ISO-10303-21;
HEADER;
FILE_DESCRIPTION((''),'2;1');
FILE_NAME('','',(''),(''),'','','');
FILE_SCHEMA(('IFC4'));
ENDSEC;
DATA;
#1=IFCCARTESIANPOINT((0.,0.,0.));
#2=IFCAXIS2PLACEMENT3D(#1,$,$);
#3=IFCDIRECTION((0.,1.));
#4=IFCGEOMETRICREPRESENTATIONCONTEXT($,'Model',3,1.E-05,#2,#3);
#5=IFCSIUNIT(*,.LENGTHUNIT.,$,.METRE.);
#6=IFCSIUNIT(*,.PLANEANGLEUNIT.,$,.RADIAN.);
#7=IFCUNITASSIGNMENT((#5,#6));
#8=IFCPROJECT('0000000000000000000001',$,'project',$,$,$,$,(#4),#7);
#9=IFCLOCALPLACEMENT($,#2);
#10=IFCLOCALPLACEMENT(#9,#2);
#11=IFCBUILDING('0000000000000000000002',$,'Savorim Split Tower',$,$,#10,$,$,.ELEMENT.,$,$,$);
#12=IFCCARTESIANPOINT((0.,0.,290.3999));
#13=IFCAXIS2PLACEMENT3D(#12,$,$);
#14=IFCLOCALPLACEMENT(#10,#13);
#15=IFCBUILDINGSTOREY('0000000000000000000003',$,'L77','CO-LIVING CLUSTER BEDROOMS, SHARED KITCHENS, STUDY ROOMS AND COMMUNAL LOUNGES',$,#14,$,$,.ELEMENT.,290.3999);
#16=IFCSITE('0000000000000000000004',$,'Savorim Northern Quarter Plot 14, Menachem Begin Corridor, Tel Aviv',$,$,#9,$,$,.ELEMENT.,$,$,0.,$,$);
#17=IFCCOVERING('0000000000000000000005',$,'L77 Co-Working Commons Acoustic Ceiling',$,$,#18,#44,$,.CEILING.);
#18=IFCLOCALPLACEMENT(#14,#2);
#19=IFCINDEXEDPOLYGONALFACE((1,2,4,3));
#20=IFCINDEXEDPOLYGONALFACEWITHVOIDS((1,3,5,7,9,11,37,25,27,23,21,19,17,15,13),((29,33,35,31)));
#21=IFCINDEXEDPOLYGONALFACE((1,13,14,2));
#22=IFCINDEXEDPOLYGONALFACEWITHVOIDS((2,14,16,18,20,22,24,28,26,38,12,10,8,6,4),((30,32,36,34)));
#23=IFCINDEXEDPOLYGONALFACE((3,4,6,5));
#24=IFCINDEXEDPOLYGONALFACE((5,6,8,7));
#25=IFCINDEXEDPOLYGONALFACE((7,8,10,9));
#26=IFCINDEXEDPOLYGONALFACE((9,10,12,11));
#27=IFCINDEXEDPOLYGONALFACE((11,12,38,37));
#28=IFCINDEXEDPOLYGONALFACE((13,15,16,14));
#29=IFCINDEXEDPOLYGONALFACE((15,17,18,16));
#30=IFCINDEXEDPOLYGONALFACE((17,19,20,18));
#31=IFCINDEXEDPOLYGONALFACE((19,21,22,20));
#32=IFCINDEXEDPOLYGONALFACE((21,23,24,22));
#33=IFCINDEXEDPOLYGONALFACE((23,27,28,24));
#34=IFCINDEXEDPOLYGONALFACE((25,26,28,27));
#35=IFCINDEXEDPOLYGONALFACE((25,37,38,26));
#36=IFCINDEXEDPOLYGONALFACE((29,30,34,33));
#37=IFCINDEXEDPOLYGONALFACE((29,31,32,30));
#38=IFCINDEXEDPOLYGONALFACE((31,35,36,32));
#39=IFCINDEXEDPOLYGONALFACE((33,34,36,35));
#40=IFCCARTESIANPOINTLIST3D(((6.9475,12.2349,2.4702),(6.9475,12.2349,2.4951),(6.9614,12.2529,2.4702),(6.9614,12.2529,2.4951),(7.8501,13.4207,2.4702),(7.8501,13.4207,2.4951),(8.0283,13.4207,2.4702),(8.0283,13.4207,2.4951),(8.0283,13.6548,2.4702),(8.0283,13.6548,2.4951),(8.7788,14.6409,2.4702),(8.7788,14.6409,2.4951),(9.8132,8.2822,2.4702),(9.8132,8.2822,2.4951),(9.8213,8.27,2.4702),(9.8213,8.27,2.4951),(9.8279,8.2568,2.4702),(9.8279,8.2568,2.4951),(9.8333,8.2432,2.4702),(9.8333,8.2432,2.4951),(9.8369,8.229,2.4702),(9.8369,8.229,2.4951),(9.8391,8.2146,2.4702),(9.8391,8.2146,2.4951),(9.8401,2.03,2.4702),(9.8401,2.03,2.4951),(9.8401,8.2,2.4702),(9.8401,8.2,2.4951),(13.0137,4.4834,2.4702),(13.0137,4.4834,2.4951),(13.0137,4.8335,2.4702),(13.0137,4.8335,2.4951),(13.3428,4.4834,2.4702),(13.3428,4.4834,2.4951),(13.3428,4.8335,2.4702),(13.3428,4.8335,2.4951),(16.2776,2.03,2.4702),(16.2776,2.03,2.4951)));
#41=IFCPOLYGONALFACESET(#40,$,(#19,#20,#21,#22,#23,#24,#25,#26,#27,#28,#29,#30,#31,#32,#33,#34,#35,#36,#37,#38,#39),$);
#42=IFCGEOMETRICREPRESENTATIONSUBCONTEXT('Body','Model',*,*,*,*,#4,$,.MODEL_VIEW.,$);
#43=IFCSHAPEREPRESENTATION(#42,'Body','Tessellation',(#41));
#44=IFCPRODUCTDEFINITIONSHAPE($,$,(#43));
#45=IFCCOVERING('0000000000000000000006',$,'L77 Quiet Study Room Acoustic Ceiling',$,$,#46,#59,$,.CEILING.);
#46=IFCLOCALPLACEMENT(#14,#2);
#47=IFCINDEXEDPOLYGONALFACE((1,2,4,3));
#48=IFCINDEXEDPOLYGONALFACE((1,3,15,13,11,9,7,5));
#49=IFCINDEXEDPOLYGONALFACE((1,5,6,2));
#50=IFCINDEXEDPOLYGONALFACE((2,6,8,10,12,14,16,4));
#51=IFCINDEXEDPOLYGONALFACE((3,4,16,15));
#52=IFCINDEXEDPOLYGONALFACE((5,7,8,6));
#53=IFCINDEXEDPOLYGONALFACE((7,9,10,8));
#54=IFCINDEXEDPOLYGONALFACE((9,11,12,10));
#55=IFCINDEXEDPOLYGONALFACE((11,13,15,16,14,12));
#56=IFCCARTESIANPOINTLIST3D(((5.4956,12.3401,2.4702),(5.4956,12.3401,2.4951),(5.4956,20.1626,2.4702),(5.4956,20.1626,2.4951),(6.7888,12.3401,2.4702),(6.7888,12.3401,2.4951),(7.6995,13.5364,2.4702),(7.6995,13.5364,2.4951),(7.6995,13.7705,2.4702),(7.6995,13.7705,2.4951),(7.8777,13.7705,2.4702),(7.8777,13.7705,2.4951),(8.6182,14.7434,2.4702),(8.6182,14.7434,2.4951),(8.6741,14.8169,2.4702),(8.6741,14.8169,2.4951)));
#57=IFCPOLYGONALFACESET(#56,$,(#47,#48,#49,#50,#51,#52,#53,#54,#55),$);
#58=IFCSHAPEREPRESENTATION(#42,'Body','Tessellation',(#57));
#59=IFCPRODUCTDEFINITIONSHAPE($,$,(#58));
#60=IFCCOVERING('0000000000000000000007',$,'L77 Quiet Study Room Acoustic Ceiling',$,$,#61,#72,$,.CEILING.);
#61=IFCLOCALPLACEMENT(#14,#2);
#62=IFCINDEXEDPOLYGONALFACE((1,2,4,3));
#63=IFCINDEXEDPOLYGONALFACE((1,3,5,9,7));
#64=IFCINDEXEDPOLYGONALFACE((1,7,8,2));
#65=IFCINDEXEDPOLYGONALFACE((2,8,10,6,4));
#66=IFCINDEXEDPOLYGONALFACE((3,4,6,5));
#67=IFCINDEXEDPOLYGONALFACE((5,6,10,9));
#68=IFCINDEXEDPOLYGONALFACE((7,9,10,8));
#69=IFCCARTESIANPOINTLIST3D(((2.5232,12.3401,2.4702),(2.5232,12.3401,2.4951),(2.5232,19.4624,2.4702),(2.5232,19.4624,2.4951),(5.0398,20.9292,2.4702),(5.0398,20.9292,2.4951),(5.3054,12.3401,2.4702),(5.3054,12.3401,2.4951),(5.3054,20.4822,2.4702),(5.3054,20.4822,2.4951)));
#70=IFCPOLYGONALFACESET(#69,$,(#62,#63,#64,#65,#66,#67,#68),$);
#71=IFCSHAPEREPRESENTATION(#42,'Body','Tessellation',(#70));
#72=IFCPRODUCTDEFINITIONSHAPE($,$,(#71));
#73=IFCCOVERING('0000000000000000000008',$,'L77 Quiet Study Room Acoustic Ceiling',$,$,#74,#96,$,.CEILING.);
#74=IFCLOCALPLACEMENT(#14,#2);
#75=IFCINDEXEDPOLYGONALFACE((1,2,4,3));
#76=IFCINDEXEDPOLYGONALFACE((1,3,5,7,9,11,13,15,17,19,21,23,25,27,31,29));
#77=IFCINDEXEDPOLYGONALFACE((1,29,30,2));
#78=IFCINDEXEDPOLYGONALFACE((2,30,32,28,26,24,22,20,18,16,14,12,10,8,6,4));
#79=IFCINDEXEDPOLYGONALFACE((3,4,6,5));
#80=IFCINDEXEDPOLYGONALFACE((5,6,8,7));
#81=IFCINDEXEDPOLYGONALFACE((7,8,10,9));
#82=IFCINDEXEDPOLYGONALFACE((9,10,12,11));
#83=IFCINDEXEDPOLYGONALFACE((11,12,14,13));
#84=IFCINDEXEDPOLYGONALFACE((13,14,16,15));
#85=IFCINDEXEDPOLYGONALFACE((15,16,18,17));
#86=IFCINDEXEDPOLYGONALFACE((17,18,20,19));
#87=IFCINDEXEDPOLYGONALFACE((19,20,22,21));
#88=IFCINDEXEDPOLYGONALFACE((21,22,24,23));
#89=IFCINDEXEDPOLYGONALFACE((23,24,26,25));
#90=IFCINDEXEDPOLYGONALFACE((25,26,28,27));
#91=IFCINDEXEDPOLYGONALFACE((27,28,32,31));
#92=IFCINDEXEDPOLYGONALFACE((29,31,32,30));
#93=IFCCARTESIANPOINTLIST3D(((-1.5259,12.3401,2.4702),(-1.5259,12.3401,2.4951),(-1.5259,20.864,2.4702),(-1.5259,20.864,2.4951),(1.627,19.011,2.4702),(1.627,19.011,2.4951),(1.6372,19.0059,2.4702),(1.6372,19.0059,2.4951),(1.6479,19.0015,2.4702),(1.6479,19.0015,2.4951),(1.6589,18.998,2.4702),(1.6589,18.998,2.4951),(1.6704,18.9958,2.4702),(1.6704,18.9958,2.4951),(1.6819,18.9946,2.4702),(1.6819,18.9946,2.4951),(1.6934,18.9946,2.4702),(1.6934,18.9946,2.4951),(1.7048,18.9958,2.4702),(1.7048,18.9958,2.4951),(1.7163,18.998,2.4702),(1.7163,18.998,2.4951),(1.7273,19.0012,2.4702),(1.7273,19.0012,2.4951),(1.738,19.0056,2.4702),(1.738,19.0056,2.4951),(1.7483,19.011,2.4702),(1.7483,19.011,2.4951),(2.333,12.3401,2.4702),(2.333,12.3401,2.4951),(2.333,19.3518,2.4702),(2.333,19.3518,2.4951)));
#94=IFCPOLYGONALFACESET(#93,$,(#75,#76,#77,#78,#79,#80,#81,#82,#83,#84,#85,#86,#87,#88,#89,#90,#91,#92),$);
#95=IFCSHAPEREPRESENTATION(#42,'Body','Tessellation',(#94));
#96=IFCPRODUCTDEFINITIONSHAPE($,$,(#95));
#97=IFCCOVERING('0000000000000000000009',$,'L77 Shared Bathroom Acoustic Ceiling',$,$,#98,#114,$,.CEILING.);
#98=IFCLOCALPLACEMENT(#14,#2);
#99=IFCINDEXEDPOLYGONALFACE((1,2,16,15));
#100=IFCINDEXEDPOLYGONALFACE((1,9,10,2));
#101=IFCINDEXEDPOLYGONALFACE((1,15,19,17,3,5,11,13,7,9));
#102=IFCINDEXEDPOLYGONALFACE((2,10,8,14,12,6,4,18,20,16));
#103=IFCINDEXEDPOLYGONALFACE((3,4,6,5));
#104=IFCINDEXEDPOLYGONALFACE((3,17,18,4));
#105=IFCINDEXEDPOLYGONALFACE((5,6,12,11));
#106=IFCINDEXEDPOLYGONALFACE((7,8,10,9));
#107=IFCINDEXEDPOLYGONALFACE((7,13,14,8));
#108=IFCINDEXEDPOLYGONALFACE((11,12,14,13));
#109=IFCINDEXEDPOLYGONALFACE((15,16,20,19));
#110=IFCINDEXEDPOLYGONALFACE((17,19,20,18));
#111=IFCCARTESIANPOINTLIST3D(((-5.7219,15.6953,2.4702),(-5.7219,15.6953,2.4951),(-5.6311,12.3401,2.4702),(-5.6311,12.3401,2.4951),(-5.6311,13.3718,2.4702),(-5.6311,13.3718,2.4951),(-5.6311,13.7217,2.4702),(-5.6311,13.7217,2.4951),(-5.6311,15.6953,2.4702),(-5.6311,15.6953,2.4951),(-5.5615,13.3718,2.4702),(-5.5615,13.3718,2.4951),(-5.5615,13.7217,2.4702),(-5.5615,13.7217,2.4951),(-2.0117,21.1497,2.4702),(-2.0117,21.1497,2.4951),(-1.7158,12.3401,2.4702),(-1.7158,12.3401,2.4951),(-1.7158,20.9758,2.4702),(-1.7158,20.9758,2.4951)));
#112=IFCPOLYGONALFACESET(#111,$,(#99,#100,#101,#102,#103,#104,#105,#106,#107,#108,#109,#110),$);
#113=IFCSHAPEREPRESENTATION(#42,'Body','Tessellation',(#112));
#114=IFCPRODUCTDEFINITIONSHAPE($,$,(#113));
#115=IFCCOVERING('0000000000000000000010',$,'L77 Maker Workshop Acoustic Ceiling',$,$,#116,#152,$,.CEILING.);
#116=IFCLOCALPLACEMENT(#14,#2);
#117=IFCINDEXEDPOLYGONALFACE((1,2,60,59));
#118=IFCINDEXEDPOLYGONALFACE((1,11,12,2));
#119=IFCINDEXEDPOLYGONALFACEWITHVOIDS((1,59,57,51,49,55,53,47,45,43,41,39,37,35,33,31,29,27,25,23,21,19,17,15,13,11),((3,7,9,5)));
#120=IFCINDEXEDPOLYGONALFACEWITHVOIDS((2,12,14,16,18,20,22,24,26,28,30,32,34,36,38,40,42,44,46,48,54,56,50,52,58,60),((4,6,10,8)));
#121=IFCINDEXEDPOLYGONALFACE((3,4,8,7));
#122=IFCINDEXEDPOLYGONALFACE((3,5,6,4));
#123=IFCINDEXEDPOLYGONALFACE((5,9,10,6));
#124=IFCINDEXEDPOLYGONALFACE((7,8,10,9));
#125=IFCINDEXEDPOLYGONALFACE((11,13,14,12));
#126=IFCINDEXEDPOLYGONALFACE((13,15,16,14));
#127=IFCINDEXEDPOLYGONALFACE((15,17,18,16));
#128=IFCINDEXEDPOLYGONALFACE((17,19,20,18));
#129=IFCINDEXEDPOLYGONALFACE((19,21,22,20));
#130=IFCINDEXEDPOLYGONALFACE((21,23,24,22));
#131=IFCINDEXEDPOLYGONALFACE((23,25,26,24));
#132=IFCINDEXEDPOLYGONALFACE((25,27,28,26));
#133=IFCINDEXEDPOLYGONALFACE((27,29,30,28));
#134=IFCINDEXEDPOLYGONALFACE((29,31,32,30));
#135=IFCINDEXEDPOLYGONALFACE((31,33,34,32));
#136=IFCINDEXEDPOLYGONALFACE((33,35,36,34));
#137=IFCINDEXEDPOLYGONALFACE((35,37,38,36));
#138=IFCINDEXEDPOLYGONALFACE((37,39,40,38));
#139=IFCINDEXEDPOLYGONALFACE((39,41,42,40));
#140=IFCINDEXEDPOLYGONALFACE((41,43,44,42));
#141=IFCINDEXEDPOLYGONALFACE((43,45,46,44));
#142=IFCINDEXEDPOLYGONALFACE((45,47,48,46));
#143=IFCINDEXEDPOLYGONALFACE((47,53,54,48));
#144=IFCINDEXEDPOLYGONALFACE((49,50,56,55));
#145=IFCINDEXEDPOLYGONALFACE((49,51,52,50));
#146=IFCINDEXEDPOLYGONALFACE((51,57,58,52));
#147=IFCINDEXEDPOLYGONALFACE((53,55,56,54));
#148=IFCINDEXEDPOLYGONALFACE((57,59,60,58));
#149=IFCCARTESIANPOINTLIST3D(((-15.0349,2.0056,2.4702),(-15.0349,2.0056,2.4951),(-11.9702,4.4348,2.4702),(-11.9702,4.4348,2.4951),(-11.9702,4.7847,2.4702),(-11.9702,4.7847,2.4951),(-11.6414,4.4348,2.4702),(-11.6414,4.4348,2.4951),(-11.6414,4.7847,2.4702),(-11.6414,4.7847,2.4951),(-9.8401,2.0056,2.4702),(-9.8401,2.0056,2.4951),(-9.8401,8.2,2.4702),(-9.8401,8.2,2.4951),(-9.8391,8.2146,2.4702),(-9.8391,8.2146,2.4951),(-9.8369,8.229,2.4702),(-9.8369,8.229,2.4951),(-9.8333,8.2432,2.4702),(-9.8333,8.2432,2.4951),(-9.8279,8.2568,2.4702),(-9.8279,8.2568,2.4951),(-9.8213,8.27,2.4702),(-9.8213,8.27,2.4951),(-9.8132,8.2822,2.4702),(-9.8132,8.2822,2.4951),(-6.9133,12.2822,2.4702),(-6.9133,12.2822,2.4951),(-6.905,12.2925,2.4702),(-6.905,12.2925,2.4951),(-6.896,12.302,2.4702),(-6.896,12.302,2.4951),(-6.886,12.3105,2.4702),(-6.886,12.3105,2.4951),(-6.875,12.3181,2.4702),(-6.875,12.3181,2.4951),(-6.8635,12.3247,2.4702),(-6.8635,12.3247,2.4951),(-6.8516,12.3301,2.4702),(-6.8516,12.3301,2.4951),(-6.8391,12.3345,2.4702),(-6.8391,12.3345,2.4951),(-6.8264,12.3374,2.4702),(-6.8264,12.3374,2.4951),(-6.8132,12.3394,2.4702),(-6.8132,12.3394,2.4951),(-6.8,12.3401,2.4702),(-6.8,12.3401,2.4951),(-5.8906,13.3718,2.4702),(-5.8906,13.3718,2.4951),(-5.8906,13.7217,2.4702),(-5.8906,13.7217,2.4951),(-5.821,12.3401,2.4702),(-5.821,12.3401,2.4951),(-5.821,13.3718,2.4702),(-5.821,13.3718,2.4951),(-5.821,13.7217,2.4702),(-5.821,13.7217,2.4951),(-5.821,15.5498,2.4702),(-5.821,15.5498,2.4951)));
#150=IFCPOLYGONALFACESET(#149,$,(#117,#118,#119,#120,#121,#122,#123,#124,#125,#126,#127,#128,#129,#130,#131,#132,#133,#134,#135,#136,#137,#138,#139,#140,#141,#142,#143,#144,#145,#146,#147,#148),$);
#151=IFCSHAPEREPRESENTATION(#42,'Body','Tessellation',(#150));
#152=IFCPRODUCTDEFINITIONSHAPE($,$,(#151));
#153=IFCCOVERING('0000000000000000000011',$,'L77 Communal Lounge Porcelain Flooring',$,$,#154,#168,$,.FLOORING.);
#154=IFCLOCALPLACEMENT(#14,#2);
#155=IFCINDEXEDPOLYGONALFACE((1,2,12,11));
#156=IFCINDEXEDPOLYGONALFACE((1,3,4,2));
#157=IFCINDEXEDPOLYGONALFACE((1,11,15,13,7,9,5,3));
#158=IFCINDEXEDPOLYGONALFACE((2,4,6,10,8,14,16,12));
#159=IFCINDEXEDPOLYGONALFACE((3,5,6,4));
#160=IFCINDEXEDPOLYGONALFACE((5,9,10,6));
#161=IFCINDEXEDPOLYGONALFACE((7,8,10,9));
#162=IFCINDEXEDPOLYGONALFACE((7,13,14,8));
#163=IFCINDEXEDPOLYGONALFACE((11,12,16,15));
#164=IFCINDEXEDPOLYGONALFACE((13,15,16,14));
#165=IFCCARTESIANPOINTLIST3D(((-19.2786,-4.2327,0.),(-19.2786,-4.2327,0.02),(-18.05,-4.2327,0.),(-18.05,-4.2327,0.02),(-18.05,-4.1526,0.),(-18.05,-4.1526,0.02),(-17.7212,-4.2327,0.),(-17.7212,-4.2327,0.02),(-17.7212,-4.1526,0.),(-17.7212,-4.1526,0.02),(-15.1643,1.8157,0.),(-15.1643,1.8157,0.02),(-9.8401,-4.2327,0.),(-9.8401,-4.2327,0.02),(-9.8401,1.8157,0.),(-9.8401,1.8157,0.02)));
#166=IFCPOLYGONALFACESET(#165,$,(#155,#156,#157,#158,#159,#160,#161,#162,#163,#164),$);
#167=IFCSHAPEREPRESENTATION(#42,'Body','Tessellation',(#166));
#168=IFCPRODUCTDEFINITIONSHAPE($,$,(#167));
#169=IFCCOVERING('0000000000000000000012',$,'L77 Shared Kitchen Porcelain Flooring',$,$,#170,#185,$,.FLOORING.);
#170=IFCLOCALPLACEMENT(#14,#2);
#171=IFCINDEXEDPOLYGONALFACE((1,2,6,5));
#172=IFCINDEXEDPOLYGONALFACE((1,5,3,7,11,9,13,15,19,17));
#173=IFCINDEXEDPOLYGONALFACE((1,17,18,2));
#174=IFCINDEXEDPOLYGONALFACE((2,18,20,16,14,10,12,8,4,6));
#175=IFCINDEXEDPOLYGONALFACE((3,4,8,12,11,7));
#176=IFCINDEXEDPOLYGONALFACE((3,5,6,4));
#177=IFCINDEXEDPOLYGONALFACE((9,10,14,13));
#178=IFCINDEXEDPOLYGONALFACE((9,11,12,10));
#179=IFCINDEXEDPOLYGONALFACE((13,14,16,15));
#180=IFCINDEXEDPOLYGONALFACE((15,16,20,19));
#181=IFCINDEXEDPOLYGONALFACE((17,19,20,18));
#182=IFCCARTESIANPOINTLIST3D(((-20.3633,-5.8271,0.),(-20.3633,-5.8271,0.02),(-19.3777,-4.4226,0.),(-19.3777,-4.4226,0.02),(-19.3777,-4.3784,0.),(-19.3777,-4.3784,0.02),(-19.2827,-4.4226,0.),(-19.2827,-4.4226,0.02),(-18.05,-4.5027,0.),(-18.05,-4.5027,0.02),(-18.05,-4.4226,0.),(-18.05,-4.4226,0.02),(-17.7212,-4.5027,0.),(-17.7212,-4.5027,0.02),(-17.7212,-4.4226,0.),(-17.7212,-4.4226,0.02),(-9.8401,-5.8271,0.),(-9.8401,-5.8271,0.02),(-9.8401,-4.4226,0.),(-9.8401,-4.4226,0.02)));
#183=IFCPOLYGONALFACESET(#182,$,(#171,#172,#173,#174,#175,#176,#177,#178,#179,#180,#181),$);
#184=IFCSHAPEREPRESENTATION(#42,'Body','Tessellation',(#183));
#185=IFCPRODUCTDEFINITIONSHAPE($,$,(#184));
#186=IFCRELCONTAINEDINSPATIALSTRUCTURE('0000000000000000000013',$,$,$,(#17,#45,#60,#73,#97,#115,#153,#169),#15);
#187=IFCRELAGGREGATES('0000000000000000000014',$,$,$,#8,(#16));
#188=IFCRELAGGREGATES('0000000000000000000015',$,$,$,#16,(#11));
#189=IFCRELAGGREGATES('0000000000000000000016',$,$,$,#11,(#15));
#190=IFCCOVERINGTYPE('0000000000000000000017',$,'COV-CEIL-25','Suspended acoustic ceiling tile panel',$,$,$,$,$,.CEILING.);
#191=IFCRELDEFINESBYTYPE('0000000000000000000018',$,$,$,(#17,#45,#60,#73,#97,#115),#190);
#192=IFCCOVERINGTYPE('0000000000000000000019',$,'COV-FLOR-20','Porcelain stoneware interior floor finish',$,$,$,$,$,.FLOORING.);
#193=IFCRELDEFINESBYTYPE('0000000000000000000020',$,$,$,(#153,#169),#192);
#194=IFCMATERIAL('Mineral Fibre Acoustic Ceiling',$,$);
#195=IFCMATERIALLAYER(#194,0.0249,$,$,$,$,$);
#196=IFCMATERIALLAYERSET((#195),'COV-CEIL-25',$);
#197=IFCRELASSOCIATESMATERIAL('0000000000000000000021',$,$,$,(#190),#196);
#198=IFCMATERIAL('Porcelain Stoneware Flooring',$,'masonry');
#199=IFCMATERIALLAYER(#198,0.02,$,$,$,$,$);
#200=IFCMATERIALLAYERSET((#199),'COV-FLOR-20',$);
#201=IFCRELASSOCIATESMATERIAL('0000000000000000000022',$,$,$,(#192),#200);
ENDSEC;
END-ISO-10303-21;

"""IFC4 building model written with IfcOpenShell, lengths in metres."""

from ifc_helpers import new_model, si_unit, direction, frame, origin, place, context, subcontext, project, spatial, polyline, outline, extrude, material, layer, layer_set, type_object, element, save


model = new_model("IFC4")

# Units and contexts
model_context = context("Model", 3, precision=1e-05, world=origin(), true_north=direction((0.0, 1.0)))
body_context = subcontext(model_context, "Body", "Model", "MODEL_VIEW")
ifc_project = project(units=[si_unit("LENGTHUNIT", "METRE"), si_unit("PLANEANGLEUNIT", "RADIAN")], contexts=[model_context])

# Site, building, storey
site_placement = place(None, origin())
site = spatial("IfcSite", under=ifc_project, at=site_placement, Name="Savorim Northern Quarter Plot 14, Menachem Begin Corridor, Tel Aviv", CompositionType="ELEMENT", RefElevation=0.0)
building_placement = place(site_placement, origin())
building = spatial("IfcBuilding", under=site, at=building_placement, Name="Savorim Split Tower", CompositionType="ELEMENT")
storey_placement = place(building_placement, frame((0.0, 0.0, 290.3999)))
storey = spatial("IfcBuildingStorey", under=building, at=storey_placement, Name="L77", Description="CO-LIVING CLUSTER BEDROOMS, SHARED KITCHENS, STUDY ROOMS AND COMMUNAL LOUNGES", CompositionType="ELEMENT", Elevation=290.3999)

# Coverings
ifc_material_1 = material(Name="Mineral Fibre Acoustic Ceiling")
ifc_layer_1 = layer(ifc_material_1, 0.0249)
ifc_layer_set_1 = layer_set([ifc_layer_1], Name="COV-CEIL-25")
covering_type_1 = type_object("IfcCoveringType", Name="COV-CEIL-25", Description="Suspended acoustic ceiling tile panel", PredefinedType="CEILING", material=ifc_layer_set_1)
covering_1_placement = place(storey_placement, frame((0.0, 0.0, 2.4702)))
element("IfcCovering", 1, at=covering_1_placement, inside=storey, type_object=covering_type_1, Name="L77 Co-Working Commons Acoustic Ceiling", PredefinedType="CEILING", context=body_context, shape_type="SweptSolid", body=[
    extrude(outline(polyline([(9.8369, 8.229), (9.8391, 8.2146), (9.8401, 8.2), (9.8401, 2.03), (16.2776, 2.03), (8.7788, 14.6409), (8.0283, 13.6548), (8.0283, 13.4207), (7.8501, 13.4207), (6.9614, 12.2529), (6.9475, 12.2349), (9.8132, 8.2822), (9.8213, 8.27), (9.8279, 8.2568), (9.8333, 8.2432), (9.8369, 8.229)]), holes=[polyline([(13.3428, 4.4834), (13.3428, 4.8335), (13.0137, 4.8335), (13.0137, 4.4834), (13.3428, 4.4834)])]), origin(), (0.0, 0.0, 1.0), 0.0249),
])
covering_2_placement = place(storey_placement, frame((0.0, 0.0, 2.4702)))
element("IfcCovering", 2, at=covering_2_placement, inside=storey, type_object=covering_type_1, Name="L77 Quiet Study Room Acoustic Ceiling", PredefinedType="CEILING", context=body_context, shape_type="SweptSolid", body=[
    extrude(outline(polyline([(7.8777, 13.7705), (8.6182, 14.7434), (8.6741, 14.8169), (5.4956, 20.1626), (5.4956, 12.3401), (6.7888, 12.3401), (7.6995, 13.5364), (7.6995, 13.7705), (7.8777, 13.7705)])), origin(), (0.0, 0.0, 1.0), 0.0249),
])
covering_3_placement = place(storey_placement, frame((0.0, 0.0, 2.4702)))
element("IfcCovering", 3, at=covering_3_placement, inside=storey, type_object=covering_type_1, Name="L77 Quiet Study Room Acoustic Ceiling", PredefinedType="CEILING", context=body_context, shape_type="SweptSolid", body=[
    extrude(outline(polyline([(5.3054, 12.3401), (5.3054, 20.4822), (5.0398, 20.9292), (2.5232, 19.4624), (2.5232, 12.3401), (5.3054, 12.3401)])), origin(), (0.0, 0.0, 1.0), 0.0249),
])
covering_4_placement = place(storey_placement, frame((0.0, 0.0, 2.4702)))
element("IfcCovering", 4, at=covering_4_placement, inside=storey, type_object=covering_type_1, Name="L77 Quiet Study Room Acoustic Ceiling", PredefinedType="CEILING", context=body_context, shape_type="SweptSolid", body=[
    extrude(outline(polyline([(1.6479, 19.0015), (1.6372, 19.0059), (1.627, 19.011), (-1.5259, 20.864), (-1.5259, 12.3401), (2.333, 12.3401), (2.333, 19.3518), (1.7483, 19.011), (1.738, 19.0056), (1.7273, 19.0012), (1.7163, 18.998), (1.7048, 18.9958), (1.6934, 18.9946), (1.6819, 18.9946), (1.6704, 18.9958), (1.6589, 18.998), (1.6479, 19.0015)])), origin(), (0.0, 0.0, 1.0), 0.0249),
])
covering_5_placement = place(storey_placement, frame((0.0, 0.0, 2.4702)))
element("IfcCovering", 5, at=covering_5_placement, inside=storey, type_object=covering_type_1, Name="L77 Shared Bathroom Acoustic Ceiling", PredefinedType="CEILING", context=body_context, shape_type="SweptSolid", body=[
    extrude(outline(polyline([(-5.6311, 12.3401), (-1.7158, 12.3401), (-1.7158, 20.9758), (-2.0117, 21.1497), (-5.7219, 15.6953), (-5.6311, 15.6953), (-5.6311, 13.7217), (-5.5615, 13.7217), (-5.5615, 13.3718), (-5.6311, 13.3718), (-5.6311, 12.3401)])), origin(), (0.0, 0.0, 1.0), 0.0249),
])
covering_6_placement = place(storey_placement, frame((0.0, 0.0, 2.4702)))
element("IfcCovering", 6, at=covering_6_placement, inside=storey, type_object=covering_type_1, Name="L77 Maker Workshop Acoustic Ceiling", PredefinedType="CEILING", context=body_context, shape_type="SweptSolid", body=[
    extrude(outline(polyline([(-6.8132, 12.3394), (-6.8, 12.3401), (-5.821, 12.3401), (-5.821, 13.3718), (-5.8906, 13.3718), (-5.8906, 13.7217), (-5.821, 13.7217), (-5.821, 15.5498), (-15.0349, 2.0056), (-9.8401, 2.0056), (-9.8401, 8.2), (-9.8391, 8.2146), (-9.8369, 8.229), (-9.8333, 8.2432), (-9.8279, 8.2568), (-9.8213, 8.27), (-9.8132, 8.2822), (-6.9133, 12.2822), (-6.905, 12.2925), (-6.896, 12.302), (-6.886, 12.3105), (-6.875, 12.3181), (-6.8635, 12.3247), (-6.8516, 12.3301), (-6.8391, 12.3345), (-6.8264, 12.3374), (-6.8132, 12.3394)]), holes=[polyline([(-11.9702, 4.7847), (-11.9702, 4.4348), (-11.6414, 4.4348), (-11.6414, 4.7847), (-11.9702, 4.7847)])]), origin(), (0.0, 0.0, 1.0), 0.0249),
])
ifc_material_2 = material(Name="Porcelain Stoneware Flooring", Category="masonry")
ifc_layer_2 = layer(ifc_material_2, 0.02)
ifc_layer_set_2 = layer_set([ifc_layer_2], Name="COV-FLOR-20")
covering_type_2 = type_object("IfcCoveringType", Name="COV-FLOR-20", Description="Porcelain stoneware interior floor finish", PredefinedType="FLOORING", material=ifc_layer_set_2)
covering_7_placement = place(storey_placement, origin())
element("IfcCovering", 7, at=covering_7_placement, inside=storey, type_object=covering_type_2, Name="L77 Communal Lounge Porcelain Flooring", PredefinedType="FLOORING", context=body_context, shape_type="SweptSolid", body=[
    extrude(outline(polyline([(-17.7212, -4.1526), (-17.7212, -4.2327), (-9.8401, -4.2327), (-9.8401, 1.8157), (-15.1643, 1.8157), (-19.2786, -4.2327), (-18.05, -4.2327), (-18.05, -4.1526), (-17.7212, -4.1526)])), origin(), (0.0, 0.0, 1.0), 0.02),
])
covering_8_placement = place(storey_placement, origin())
element("IfcCovering", 8, at=covering_8_placement, inside=storey, type_object=covering_type_2, Name="L77 Shared Kitchen Porcelain Flooring", PredefinedType="FLOORING", context=body_context, shape_type="SweptSolid", body=[
    extrude(outline(polyline([(-19.2827, -4.4226), (-19.3777, -4.4226), (-19.3777, -4.3784), (-20.3633, -5.8271), (-9.8401, -5.8271), (-9.8401, -4.4226), (-17.7212, -4.4226), (-17.7212, -4.5027), (-18.05, -4.5027), (-18.05, -4.4226), (-19.2827, -4.4226)])), origin(), (0.0, 0.0, 1.0), 0.02),
])

save(model, "model.ifc")
